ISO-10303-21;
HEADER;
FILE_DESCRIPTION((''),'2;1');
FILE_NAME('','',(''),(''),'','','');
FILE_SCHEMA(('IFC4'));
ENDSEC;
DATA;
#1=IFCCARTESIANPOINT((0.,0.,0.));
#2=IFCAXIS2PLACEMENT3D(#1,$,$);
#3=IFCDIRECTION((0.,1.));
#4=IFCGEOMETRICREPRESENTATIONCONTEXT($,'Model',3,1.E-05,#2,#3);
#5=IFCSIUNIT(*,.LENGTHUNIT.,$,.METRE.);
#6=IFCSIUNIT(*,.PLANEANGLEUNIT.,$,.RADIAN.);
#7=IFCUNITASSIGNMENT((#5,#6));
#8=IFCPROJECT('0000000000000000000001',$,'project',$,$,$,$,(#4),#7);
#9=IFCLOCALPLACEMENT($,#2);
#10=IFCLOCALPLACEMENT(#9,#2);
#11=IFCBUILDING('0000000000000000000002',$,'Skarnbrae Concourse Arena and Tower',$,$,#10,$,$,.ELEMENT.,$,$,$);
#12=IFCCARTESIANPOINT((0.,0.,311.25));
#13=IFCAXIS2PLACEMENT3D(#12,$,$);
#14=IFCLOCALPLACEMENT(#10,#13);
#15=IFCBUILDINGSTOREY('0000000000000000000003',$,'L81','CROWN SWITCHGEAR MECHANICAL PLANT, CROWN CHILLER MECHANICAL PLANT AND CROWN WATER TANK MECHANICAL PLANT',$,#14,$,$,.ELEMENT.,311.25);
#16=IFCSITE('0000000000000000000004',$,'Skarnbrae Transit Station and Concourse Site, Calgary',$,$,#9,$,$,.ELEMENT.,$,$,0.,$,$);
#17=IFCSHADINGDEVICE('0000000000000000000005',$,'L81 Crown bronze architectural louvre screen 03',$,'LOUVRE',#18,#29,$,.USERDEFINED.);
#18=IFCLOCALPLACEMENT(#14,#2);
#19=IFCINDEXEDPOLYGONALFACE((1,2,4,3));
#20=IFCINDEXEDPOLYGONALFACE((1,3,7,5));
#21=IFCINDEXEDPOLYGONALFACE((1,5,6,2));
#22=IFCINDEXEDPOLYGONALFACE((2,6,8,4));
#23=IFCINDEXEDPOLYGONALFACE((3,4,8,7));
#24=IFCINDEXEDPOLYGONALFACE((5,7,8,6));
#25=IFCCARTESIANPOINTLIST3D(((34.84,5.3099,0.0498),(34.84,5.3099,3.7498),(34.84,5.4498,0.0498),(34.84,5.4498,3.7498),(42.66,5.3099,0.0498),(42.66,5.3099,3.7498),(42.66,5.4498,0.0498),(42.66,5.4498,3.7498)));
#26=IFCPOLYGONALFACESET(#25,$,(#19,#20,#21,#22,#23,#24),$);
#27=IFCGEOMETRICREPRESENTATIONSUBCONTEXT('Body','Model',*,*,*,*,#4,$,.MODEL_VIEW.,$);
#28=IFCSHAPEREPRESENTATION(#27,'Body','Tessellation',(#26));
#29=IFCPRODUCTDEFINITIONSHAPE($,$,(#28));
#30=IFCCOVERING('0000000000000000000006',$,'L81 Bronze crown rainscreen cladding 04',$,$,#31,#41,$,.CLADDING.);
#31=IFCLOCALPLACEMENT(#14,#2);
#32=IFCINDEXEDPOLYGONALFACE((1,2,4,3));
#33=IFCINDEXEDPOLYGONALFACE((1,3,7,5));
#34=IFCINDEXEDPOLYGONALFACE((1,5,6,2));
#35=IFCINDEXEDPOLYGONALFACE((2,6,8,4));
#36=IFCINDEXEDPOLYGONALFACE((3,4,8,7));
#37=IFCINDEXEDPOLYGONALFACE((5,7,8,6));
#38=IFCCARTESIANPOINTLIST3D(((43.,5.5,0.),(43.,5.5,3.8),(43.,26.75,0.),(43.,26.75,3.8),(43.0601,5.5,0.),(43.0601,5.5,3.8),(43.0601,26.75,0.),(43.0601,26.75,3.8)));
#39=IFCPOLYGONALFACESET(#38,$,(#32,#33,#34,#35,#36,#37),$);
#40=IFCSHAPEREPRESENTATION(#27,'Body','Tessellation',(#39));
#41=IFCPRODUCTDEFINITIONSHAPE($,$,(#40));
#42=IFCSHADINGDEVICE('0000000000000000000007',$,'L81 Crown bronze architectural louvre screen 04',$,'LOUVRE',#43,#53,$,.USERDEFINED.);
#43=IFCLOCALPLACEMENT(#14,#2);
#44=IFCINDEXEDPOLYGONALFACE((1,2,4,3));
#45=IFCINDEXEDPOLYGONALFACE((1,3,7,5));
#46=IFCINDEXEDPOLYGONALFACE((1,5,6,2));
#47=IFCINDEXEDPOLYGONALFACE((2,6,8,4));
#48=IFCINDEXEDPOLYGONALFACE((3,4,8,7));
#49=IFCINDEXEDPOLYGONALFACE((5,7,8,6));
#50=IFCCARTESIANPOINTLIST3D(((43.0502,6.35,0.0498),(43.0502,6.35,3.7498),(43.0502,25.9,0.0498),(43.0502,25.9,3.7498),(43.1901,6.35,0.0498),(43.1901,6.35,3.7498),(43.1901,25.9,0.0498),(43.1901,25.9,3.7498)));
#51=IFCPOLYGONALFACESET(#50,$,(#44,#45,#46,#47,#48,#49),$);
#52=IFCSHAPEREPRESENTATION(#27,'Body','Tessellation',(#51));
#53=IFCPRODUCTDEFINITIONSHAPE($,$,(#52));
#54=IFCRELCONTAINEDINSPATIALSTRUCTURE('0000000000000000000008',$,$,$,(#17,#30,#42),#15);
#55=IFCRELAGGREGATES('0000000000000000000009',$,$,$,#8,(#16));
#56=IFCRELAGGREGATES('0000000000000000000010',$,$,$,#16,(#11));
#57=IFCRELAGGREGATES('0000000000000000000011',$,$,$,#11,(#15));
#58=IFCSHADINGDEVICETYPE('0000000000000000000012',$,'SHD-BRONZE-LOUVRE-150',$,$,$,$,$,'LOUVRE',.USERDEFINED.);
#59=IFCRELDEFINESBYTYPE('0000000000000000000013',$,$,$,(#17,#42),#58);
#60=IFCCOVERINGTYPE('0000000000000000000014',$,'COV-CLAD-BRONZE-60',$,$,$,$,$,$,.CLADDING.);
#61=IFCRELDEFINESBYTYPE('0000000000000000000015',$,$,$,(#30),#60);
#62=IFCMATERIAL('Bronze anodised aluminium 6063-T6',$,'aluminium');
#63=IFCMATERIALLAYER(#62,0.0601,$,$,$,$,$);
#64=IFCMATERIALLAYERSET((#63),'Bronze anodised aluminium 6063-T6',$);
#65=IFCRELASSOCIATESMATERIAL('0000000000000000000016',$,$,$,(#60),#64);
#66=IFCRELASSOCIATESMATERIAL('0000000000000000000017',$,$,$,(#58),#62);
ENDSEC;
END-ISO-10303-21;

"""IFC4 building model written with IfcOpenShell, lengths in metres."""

from ifc_helpers import new_model, si_unit, direction, frame, origin, origin_2d, place, context, subcontext, project, spatial, rectangle, extrude, source, transform, mapped, material, layer, layer_set, type_object, element, save


model = new_model("IFC4")

# Units and contexts
model_context = context("Model", 3, precision=1e-05, world=origin(), true_north=direction((0.0, 1.0)))
body_context = subcontext(model_context, "Body", "Model", "MODEL_VIEW")
ifc_project = project(units=[si_unit("LENGTHUNIT", "METRE"), si_unit("PLANEANGLEUNIT", "RADIAN")], contexts=[model_context])

# Site, building, storey
site_placement = place(None, origin())
site = spatial("IfcSite", under=ifc_project, at=site_placement, Name="Skarnbrae Transit Station and Concourse Site, Calgary", CompositionType="ELEMENT", RefElevation=0.0)
building_placement = place(site_placement, origin())
building = spatial("IfcBuilding", under=site, at=building_placement, Name="Skarnbrae Concourse Arena and Tower", CompositionType="ELEMENT")
storey_placement = place(building_placement, frame((0.0, 0.0, 311.25)))
storey = spatial("IfcBuildingStorey", under=building, at=storey_placement, Name="L81", Description="CROWN SWITCHGEAR MECHANICAL PLANT, CROWN CHILLER MECHANICAL PLANT AND CROWN WATER TANK MECHANICAL PLANT", CompositionType="ELEMENT", Elevation=311.25)

# Shared definitions
ifc_material_1 = material(Name="Bronze anodised aluminium 6063-T6", Category="aluminium")
ifc_layer_1 = layer(ifc_material_1, 0.0601)
ifc_layer_set_1 = layer_set([ifc_layer_1], Name="Bronze anodised aluminium 6063-T6")
covering_type = type_object("IfcCoveringType", Name="COV-CLAD-BRONZE-60", PredefinedType="CLADDING", material=ifc_layer_set_1)

# Shared definitions
shading_device_type = type_object("IfcShadingDeviceType", Name="SHD-BRONZE-LOUVRE-150", ElementType="LOUVRE", PredefinedType="USERDEFINED", material=ifc_material_1)

# Shading device
shared_shape_1 = source(origin(), body_context, "Body", "SweptSolid", [
    extrude(rectangle(XDim=7.8201, YDim=0.1399, at=origin_2d()), origin(), (0.0, 0.0, 1.0), 3.7),
])
shading_device_1_placement = place(storey_placement, frame((38.75, 5.3799, 0.0498), z_axis=(0.0, 0.0, 1.0), x_axis=(1.0, 0.0, 0.0)))
element("IfcShadingDevice", 1, at=shading_device_1_placement, inside=storey, type_object=shading_device_type, Name="L81 Crown bronze architectural louvre screen 03", ObjectType="LOUVRE", PredefinedType="USERDEFINED", context=body_context, shape_type="MappedRepresentation", body=[
    mapped(shared_shape_1, transform((0.0, 0.0, 0.0))),
])

# Covering
shared_shape_2 = source(origin(), body_context, "Body", "SweptSolid", [
    extrude(rectangle(XDim=21.25, YDim=0.0601, at=origin_2d()), origin(), (0.0, 0.0, 1.0), 3.8),
])
covering_1_placement = place(storey_placement, frame((43.03, 16.125, 0.0), z_axis=(0.0, 0.0, 1.0), x_axis=(0.0, 1.0, 0.0)))
element("IfcCovering", 2, at=covering_1_placement, inside=storey, type_object=covering_type, Name="L81 Bronze crown rainscreen cladding 04", PredefinedType="CLADDING", context=body_context, shape_type="MappedRepresentation", body=[
    mapped(shared_shape_2, transform((0.0, 0.0, 0.0))),
])

# Shading device
shared_shape_3 = source(origin(), body_context, "Body", "SweptSolid", [
    extrude(rectangle(XDim=19.55, YDim=0.1399, at=origin_2d()), origin(), (0.0, 0.0, 1.0), 3.7),
])
shading_device_2_placement = place(storey_placement, frame((43.1201, 16.125, 0.0498), z_axis=(0.0, 0.0, 1.0), x_axis=(0.0, 1.0, 0.0)))
element("IfcShadingDevice", 3, at=shading_device_2_placement, inside=storey, type_object=shading_device_type, Name="L81 Crown bronze architectural louvre screen 04", ObjectType="LOUVRE", PredefinedType="USERDEFINED", context=body_context, shape_type="MappedRepresentation", body=[
    mapped(shared_shape_3, transform((0.0, 0.0, 0.0))),
])

save(model, "model.ifc")
